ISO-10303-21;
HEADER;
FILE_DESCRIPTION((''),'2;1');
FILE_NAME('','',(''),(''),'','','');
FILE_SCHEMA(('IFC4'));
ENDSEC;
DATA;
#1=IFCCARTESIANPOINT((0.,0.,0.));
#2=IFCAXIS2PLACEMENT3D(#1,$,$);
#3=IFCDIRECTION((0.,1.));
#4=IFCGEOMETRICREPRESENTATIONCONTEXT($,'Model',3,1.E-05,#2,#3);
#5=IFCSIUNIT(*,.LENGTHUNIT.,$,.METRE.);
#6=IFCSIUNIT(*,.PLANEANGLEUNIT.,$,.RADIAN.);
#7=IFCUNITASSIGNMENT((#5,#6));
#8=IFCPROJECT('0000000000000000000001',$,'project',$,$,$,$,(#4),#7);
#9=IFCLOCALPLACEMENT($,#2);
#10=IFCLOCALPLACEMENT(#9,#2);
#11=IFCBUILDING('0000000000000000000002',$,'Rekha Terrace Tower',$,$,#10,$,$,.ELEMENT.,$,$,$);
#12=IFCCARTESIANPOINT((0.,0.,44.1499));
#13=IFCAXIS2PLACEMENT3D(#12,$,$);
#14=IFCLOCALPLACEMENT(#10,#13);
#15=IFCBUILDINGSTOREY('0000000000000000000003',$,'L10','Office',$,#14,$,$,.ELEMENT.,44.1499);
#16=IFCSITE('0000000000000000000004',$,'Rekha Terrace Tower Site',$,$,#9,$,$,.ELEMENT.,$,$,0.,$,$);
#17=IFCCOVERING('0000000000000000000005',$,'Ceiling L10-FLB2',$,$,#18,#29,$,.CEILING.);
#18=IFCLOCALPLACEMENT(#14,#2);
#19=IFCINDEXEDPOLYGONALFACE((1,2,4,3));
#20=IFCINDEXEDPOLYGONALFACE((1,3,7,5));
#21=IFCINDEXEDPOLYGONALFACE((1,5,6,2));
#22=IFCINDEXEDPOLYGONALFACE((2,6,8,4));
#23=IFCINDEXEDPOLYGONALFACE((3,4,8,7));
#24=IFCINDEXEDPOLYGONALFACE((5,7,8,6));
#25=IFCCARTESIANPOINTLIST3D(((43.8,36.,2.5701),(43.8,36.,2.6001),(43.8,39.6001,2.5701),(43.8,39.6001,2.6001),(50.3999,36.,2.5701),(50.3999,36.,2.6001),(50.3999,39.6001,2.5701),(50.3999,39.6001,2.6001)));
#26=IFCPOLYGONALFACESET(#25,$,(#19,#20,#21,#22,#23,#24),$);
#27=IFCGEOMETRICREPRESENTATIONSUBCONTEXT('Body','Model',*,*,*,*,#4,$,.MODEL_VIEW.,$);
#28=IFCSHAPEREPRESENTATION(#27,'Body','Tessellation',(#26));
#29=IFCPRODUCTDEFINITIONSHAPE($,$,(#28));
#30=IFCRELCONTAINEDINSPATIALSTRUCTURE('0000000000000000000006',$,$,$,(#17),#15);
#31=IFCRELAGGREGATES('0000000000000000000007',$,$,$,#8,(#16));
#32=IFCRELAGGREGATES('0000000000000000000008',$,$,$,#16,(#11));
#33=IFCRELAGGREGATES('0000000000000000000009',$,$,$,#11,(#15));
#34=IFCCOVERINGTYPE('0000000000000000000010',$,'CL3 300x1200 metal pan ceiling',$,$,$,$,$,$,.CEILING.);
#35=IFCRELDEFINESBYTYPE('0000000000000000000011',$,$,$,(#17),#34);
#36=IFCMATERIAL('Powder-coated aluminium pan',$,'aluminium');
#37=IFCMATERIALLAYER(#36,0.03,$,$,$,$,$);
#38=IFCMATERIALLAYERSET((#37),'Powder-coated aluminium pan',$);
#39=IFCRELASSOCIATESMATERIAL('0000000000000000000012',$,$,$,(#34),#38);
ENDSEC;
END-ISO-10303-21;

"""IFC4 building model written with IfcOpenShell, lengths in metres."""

from ifc_helpers import new_model, si_unit, direction, frame, origin, place, context, subcontext, project, spatial, polyline, outline, extrude, material, layer, layer_set, type_object, element, save


model = new_model("IFC4")

# Units and contexts
model_context = context("Model", 3, precision=1e-05, world=origin(), true_north=direction((0.0, 1.0)))
body_context = subcontext(model_context, "Body", "Model", "MODEL_VIEW")
ifc_project = project(units=[si_unit("LENGTHUNIT", "METRE"), si_unit("PLANEANGLEUNIT", "RADIAN")], contexts=[model_context])

# Site, building, storey
site_placement = place(None, origin())
site = spatial("IfcSite", under=ifc_project, at=site_placement, Name="Rekha Terrace Tower Site", CompositionType="ELEMENT", RefElevation=0.0)
building_placement = place(site_placement, origin())
building = spatial("IfcBuilding", under=site, at=building_placement, Name="Rekha Terrace Tower", CompositionType="ELEMENT")
storey_placement = place(building_placement, frame((0.0, 0.0, 44.1499)))
storey = spatial("IfcBuildingStorey", under=building, at=storey_placement, Name="L10", Description="Office", CompositionType="ELEMENT", Elevation=44.1499)

# Covering
ifc_material_1 = material(Name="Powder-coated aluminium pan", Category="aluminium")
ifc_layer_1 = layer(ifc_material_1, 0.03)
ifc_layer_set_1 = layer_set([ifc_layer_1], Name="Powder-coated aluminium pan")
covering_type_1 = type_object("IfcCoveringType", Name="CL3 300x1200 metal pan ceiling", PredefinedType="CEILING", material=ifc_layer_set_1)
covering_1_placement = place(storey_placement, frame((0.0, 0.0, 2.5701)))
element("IfcCovering", 1, at=covering_1_placement, inside=storey, type_object=covering_type_1, Name="Ceiling L10-FLB2", PredefinedType="CEILING", context=body_context, shape_type="SweptSolid", body=[
    extrude(outline(polyline([(50.3999, 39.6001), (43.8, 39.6001), (43.8, 36.0), (50.3999, 36.0), (50.3999, 39.6001)])), origin(), (0.0, 0.0, 1.0), 0.03),
])

save(model, "model.ifc")
